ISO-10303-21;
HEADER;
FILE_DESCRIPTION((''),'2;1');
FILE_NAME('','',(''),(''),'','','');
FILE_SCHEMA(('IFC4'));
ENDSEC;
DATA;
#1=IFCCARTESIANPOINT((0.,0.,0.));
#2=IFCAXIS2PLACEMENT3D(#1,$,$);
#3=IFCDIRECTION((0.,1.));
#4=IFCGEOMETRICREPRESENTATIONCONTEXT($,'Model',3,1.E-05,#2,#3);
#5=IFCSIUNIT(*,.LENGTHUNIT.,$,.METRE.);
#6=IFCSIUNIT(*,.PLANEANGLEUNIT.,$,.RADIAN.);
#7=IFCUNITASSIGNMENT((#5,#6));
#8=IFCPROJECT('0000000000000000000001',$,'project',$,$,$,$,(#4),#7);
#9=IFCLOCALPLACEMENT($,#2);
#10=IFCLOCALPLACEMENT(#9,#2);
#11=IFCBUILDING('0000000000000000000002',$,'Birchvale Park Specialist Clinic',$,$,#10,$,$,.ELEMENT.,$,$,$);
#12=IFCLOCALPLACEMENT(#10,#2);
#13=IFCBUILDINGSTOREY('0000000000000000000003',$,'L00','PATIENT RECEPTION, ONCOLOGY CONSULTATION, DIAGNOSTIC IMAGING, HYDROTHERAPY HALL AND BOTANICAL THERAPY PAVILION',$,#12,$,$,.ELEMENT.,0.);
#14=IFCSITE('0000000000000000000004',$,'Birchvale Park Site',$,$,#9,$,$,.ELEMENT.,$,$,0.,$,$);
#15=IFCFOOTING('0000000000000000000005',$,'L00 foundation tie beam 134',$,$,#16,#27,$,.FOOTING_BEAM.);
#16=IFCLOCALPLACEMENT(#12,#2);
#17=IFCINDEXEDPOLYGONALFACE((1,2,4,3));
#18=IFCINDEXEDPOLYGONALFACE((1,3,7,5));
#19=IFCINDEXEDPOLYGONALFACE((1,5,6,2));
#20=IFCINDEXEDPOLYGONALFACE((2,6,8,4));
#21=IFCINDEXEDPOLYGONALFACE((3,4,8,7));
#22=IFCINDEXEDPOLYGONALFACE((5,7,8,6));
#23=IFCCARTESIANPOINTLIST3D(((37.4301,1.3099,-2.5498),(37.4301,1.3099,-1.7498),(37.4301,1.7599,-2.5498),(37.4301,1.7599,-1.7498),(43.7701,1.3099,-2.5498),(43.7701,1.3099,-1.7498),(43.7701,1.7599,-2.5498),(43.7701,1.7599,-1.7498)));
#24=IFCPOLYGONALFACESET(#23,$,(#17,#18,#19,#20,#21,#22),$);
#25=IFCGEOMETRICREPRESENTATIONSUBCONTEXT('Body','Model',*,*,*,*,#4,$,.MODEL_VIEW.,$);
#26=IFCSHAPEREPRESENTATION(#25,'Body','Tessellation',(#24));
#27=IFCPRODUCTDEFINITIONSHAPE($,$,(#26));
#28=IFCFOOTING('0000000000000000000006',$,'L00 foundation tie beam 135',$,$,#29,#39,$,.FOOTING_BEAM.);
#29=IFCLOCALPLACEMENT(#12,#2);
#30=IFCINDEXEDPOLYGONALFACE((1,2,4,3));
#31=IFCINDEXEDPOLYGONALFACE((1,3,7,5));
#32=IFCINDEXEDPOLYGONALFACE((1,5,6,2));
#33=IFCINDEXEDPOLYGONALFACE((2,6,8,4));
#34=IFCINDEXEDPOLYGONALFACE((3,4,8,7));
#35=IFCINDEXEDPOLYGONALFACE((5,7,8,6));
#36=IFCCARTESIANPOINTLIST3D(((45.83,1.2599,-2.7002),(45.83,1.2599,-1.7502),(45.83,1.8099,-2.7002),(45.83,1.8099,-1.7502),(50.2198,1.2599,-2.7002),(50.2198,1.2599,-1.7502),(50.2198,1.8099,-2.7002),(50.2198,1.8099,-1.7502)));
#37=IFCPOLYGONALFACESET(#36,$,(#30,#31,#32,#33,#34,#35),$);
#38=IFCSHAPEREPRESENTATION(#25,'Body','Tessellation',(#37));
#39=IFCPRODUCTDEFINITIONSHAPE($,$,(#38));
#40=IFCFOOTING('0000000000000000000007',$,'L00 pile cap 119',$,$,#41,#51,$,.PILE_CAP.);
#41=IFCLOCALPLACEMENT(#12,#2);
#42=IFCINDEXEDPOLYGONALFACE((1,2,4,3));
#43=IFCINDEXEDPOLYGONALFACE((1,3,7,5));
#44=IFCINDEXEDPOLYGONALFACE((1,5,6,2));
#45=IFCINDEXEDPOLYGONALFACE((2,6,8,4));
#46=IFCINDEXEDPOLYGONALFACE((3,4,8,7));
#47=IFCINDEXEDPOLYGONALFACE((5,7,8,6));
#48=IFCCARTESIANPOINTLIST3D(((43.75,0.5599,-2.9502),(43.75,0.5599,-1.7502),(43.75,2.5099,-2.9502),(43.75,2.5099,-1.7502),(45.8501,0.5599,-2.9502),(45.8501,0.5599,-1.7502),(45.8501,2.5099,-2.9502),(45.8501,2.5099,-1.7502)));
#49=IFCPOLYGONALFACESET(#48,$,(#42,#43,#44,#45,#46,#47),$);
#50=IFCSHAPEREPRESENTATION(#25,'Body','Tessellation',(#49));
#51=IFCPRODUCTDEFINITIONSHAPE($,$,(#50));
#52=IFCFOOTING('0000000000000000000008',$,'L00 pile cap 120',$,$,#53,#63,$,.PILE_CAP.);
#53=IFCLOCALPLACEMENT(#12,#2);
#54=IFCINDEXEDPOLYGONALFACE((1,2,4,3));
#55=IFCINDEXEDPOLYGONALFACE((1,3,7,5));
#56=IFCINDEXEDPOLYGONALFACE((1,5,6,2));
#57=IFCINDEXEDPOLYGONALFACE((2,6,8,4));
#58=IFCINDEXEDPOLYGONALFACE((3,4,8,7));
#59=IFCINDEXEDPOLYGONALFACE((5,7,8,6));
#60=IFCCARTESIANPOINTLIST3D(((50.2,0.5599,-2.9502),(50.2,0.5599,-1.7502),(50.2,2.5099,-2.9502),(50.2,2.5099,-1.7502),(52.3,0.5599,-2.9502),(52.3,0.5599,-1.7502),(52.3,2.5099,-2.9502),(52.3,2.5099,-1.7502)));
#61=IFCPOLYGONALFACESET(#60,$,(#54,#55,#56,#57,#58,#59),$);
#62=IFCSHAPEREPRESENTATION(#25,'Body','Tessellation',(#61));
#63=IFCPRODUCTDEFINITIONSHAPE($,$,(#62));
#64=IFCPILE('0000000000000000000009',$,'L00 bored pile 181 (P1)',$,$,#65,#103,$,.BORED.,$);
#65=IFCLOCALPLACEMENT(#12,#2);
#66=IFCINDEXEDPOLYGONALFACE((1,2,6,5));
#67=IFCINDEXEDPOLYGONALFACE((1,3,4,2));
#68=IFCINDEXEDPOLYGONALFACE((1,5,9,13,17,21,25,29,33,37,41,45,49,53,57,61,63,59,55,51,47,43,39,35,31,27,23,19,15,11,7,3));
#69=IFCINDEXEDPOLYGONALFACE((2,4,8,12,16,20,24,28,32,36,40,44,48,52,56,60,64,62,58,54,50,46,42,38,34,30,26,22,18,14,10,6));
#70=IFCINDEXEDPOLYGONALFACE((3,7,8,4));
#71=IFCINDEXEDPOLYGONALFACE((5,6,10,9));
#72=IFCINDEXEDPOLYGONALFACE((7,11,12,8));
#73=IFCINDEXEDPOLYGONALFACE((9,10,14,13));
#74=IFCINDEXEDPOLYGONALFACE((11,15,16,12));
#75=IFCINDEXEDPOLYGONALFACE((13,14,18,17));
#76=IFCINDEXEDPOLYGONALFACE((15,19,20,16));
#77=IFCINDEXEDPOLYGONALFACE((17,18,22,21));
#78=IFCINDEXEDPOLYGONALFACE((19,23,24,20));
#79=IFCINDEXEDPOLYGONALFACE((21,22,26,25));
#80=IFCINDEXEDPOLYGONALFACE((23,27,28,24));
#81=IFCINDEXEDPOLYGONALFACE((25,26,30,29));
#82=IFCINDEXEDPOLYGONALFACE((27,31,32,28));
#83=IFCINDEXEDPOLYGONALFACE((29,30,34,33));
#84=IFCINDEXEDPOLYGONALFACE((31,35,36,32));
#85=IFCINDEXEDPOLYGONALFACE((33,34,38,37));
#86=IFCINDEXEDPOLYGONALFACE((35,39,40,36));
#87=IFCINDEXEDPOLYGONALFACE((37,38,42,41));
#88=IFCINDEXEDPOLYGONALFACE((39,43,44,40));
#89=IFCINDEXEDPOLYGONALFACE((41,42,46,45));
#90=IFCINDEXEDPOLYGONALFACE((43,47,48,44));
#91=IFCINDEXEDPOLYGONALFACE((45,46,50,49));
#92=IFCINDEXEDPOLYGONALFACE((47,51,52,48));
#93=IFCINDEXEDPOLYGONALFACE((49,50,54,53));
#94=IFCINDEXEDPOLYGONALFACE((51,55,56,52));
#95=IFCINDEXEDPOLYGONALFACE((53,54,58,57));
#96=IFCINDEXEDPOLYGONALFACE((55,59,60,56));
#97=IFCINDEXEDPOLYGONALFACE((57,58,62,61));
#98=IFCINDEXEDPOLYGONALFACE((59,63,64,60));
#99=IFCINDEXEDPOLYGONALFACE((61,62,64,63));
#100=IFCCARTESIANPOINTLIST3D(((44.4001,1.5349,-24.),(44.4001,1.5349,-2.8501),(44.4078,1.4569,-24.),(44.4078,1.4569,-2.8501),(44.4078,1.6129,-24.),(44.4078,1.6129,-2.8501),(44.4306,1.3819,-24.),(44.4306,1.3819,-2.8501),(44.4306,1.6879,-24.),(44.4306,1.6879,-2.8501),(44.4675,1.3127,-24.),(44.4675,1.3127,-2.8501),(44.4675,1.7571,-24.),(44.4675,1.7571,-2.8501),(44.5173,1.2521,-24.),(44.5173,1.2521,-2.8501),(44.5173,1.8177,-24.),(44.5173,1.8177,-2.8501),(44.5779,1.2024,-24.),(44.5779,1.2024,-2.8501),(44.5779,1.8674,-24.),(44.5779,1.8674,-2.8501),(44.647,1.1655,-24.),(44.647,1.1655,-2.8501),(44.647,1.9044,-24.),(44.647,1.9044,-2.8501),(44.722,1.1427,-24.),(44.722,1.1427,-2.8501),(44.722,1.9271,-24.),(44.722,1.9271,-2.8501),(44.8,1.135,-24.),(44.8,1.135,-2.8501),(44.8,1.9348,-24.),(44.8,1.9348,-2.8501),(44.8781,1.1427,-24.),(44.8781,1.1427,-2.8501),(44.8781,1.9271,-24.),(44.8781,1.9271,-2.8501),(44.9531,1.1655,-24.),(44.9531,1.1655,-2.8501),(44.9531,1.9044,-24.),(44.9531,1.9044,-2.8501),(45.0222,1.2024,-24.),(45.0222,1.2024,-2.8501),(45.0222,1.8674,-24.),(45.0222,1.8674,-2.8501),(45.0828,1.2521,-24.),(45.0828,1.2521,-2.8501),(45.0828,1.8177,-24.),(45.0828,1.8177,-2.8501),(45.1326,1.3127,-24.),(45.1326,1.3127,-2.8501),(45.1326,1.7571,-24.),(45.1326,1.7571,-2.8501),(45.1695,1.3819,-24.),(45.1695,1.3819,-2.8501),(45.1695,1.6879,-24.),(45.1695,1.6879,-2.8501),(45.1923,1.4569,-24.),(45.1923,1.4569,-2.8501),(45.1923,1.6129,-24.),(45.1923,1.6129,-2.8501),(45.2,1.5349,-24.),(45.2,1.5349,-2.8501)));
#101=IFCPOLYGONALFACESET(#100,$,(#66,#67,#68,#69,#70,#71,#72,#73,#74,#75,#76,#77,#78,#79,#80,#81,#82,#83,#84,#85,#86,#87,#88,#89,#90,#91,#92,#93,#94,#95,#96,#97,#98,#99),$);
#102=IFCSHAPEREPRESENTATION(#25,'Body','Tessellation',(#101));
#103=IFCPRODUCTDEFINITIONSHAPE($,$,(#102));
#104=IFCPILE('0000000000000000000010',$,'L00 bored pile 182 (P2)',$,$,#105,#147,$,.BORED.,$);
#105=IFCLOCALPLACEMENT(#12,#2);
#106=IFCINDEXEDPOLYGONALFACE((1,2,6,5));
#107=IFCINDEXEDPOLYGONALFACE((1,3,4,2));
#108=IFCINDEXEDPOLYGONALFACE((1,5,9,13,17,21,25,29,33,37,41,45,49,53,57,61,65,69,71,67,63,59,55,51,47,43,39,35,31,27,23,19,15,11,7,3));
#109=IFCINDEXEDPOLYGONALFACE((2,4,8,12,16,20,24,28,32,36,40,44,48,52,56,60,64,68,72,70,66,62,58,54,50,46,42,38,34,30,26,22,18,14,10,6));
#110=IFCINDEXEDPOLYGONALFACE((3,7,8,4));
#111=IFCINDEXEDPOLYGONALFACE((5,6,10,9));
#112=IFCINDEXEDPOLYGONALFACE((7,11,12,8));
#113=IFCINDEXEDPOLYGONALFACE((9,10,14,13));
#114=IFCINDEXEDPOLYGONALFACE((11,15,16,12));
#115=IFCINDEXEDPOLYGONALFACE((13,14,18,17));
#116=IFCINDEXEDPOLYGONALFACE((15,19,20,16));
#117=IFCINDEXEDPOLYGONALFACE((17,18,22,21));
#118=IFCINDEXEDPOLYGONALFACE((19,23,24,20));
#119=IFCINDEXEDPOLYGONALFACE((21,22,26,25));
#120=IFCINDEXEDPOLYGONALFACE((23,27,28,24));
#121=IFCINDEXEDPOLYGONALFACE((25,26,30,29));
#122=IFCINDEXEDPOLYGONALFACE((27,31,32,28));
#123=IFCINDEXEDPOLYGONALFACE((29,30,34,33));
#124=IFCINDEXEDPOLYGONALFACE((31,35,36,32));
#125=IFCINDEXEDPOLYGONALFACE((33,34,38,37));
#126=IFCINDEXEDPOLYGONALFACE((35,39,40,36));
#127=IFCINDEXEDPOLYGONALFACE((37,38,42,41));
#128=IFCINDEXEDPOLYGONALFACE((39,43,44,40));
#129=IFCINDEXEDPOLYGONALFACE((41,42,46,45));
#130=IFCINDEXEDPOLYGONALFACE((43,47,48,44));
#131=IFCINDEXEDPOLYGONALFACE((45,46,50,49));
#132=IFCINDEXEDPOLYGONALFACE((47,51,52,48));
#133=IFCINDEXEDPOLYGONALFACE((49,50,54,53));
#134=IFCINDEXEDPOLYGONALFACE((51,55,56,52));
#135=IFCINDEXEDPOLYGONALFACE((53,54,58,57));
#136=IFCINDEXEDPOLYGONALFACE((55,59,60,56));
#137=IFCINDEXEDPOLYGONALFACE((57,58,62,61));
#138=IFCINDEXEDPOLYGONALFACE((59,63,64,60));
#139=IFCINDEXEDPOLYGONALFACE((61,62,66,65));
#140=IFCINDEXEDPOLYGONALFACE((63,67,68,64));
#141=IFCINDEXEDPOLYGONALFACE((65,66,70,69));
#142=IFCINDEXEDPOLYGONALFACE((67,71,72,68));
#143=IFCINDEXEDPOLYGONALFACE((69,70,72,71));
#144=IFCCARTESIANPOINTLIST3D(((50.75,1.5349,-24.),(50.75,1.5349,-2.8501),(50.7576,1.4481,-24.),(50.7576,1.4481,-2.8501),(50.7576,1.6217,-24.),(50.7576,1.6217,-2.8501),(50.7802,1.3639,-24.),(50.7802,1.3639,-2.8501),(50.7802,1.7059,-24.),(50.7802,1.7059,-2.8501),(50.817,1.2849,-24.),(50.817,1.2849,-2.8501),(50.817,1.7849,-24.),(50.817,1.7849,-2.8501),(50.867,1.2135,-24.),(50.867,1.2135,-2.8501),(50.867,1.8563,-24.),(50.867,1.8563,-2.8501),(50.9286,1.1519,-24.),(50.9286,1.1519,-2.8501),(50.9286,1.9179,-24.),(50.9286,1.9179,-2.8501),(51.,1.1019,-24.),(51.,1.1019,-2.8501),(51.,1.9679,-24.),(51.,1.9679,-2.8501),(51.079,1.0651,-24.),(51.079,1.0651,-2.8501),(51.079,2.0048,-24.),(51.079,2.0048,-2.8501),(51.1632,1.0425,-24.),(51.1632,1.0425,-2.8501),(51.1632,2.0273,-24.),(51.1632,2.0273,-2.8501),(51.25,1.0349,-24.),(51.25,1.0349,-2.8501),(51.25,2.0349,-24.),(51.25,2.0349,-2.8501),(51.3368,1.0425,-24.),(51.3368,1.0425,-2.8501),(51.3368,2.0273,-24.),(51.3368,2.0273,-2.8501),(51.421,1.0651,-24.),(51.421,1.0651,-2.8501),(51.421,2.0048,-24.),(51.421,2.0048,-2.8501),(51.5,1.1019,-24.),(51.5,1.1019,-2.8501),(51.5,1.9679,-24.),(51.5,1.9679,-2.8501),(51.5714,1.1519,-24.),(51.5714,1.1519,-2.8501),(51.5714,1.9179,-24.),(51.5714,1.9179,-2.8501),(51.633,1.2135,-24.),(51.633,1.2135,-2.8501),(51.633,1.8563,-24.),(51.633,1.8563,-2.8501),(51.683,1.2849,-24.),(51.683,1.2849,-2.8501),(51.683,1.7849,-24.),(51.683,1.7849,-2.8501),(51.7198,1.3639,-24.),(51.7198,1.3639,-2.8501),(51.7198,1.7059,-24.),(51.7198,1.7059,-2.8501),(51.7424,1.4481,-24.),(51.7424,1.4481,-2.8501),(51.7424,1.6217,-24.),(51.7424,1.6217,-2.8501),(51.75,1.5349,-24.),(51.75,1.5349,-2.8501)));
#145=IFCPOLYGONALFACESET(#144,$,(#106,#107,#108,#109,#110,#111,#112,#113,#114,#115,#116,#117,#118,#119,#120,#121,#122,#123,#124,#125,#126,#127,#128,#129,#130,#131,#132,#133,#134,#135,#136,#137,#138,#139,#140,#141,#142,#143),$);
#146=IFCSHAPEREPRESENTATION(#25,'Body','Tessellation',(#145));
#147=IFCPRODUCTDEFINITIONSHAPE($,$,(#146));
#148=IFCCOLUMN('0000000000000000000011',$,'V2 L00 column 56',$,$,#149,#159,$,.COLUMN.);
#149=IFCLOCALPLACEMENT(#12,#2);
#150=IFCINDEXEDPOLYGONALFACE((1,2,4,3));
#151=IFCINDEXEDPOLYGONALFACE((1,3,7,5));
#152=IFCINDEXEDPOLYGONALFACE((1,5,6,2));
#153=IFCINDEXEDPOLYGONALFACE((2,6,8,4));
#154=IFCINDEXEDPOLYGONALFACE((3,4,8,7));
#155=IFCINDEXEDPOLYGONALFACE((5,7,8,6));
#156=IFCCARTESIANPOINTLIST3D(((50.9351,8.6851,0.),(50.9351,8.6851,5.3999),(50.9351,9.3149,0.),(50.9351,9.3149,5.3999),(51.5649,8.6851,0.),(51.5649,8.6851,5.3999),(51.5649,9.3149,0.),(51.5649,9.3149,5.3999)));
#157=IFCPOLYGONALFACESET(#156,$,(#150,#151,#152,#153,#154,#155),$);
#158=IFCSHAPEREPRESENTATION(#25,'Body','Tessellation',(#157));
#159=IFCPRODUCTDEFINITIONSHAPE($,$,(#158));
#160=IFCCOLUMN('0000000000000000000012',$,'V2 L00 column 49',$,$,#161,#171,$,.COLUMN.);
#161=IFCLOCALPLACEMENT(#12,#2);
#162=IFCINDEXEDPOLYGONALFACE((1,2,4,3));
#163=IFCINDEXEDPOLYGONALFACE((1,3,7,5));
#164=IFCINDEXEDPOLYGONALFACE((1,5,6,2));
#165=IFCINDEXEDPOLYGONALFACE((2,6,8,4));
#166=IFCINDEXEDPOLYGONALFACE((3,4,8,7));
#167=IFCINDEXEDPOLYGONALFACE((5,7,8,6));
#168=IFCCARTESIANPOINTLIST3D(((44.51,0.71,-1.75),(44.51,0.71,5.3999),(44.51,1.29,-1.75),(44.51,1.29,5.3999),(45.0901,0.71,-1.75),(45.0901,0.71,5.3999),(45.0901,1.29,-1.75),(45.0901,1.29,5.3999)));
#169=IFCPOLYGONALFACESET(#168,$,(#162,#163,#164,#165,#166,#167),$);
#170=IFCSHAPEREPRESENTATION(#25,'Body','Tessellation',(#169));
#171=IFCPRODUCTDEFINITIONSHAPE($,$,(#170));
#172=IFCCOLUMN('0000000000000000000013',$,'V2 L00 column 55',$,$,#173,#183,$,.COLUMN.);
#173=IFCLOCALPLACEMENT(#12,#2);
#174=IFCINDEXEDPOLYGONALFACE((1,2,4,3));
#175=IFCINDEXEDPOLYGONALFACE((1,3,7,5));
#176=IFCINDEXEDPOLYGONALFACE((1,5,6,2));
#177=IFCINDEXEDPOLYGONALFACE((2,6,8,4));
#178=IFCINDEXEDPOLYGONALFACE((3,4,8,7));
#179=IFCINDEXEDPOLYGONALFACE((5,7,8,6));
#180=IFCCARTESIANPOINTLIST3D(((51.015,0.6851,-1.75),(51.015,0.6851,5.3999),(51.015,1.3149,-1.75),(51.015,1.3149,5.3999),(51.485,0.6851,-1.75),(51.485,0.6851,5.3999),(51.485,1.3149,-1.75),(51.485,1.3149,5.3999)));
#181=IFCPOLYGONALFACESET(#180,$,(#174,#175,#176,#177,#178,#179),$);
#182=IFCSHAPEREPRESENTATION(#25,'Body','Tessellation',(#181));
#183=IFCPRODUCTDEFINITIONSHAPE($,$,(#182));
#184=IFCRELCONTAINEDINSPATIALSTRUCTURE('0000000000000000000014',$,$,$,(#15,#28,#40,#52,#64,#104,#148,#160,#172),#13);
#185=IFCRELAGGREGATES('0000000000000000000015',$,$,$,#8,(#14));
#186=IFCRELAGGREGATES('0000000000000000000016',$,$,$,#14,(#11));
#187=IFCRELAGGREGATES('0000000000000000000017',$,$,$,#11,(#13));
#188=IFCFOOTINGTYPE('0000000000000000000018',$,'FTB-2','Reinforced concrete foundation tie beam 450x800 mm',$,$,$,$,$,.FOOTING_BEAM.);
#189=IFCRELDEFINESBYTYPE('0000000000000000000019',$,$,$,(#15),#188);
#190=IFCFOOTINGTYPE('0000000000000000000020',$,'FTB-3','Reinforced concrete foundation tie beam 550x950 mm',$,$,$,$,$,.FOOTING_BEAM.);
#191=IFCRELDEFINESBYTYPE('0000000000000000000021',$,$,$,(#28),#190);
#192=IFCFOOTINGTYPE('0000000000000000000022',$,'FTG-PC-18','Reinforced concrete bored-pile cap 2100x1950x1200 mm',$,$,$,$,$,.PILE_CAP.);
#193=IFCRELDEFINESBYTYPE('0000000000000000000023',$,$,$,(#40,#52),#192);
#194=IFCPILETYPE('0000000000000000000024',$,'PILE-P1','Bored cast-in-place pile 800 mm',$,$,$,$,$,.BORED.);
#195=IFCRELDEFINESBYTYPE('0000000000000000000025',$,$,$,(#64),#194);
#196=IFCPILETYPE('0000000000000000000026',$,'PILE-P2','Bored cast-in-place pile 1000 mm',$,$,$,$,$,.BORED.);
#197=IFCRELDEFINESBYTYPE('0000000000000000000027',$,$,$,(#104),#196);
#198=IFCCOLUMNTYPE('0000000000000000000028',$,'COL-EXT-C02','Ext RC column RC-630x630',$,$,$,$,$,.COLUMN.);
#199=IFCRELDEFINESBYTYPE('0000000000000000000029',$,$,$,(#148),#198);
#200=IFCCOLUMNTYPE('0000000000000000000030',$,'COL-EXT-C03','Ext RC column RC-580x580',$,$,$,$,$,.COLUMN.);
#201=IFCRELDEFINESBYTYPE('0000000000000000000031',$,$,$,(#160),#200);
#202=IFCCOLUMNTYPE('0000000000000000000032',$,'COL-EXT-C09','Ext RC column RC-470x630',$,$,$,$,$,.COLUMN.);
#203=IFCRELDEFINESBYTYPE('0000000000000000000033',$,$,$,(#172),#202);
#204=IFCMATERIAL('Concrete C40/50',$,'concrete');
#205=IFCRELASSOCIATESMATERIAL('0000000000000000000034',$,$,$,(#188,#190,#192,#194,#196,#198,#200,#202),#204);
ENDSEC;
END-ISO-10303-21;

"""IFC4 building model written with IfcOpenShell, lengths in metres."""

from ifc_helpers import new_model, si_unit, direction, frame, origin, origin_2d, place, context, subcontext, project, spatial, rectangle, circle, extrude, material, material_profile, profile_set, type_object, element, save


model = new_model("IFC4")

# Units and contexts
model_context = context("Model", 3, precision=1e-05, world=origin(), true_north=direction((0.0, 1.0)))
body_context = subcontext(model_context, "Body", "Model", "MODEL_VIEW")
ifc_project = project(units=[si_unit("LENGTHUNIT", "METRE"), si_unit("PLANEANGLEUNIT", "RADIAN")], contexts=[model_context])

# Site, building, storey
site_placement = place(None, origin())
site = spatial("IfcSite", under=ifc_project, at=site_placement, Name="Birchvale Park Site", CompositionType="ELEMENT", RefElevation=0.0)
building_placement = place(site_placement, origin())
building = spatial("IfcBuilding", under=site, at=building_placement, Name="Birchvale Park Specialist Clinic", CompositionType="ELEMENT")
storey_placement = place(building_placement, origin())
storey = spatial("IfcBuildingStorey", under=building, at=storey_placement, Name="L00", Description="PATIENT RECEPTION, ONCOLOGY CONSULTATION, DIAGNOSTIC IMAGING, HYDROTHERAPY HALL AND BOTANICAL THERAPY PAVILION", CompositionType="ELEMENT", Elevation=0.0)

# Footings
ifc_material_1 = material(Name="Concrete C40/50", Category="concrete")
footing_type_1 = type_object("IfcFootingType", Name="FTB-2", Description="Reinforced concrete foundation tie beam 450x800 mm", PredefinedType="FOOTING_BEAM", material=ifc_material_1)
footing_1_placement = place(storey_placement, frame((40.6001, 1.5349, -2.5498), z_axis=(0.0, 0.0, 1.0), x_axis=(1.0, 0.0, 0.0)))
element("IfcFooting", 1, at=footing_1_placement, inside=storey, type_object=footing_type_1, Name="L00 foundation tie beam 134", PredefinedType="FOOTING_BEAM", context=body_context, shape_type="SweptSolid", body=[
    extrude(rectangle(XDim=6.3401, YDim=0.45, at=origin_2d()), origin(), (0.0, 0.0, 1.0), 0.8),
])
footing_type_2 = type_object("IfcFootingType", Name="FTB-3", Description="Reinforced concrete foundation tie beam 550x950 mm", PredefinedType="FOOTING_BEAM", material=ifc_material_1)
footing_2_placement = place(storey_placement, frame((48.0249, 1.5349, -2.7002), z_axis=(0.0, 0.0, 1.0), x_axis=(1.0, 0.0, 0.0)))
element("IfcFooting", 2, at=footing_2_placement, inside=storey, type_object=footing_type_2, Name="L00 foundation tie beam 135", PredefinedType="FOOTING_BEAM", context=body_context, shape_type="SweptSolid", body=[
    extrude(rectangle(XDim=4.3899, YDim=0.55, at=origin_2d()), origin(), (0.0, 0.0, 1.0), 0.95),
])
footing_type_3 = type_object("IfcFootingType", Name="FTG-PC-18", Description="Reinforced concrete bored-pile cap 2100x1950x1200 mm", PredefinedType="PILE_CAP", material=ifc_material_1)
for number, where, z_axis, x_axis, name in (
    (3, (44.8, 1.5349, -2.9502), (0.0, 0.0, 1.0), (1.0, 0.0, 0.0), "L00 pile cap 119"),
    (4, (51.25, 1.5349, -2.9502), (0.0, 0.0, 1.0), (1.0, 0.0, 0.0), "L00 pile cap 120"),
):
    element("IfcFooting", number, at=place(storey_placement, frame(where, z_axis=z_axis, x_axis=x_axis)), inside=storey, type_object=footing_type_3, Name=name, PredefinedType="PILE_CAP", context=body_context, shape_type="SweptSolid", body=[
        extrude(rectangle(XDim=2.1001, YDim=1.95, at=origin_2d()), origin(), (0.0, 0.0, 1.0), 1.2),
    ])

# Piles
ifc_material_profile_1 = material_profile(ifc_material_1, circle(Radius=0.3999, at=origin_2d()), Name="PILE-800")
ifc_profile_set_1 = profile_set([ifc_material_profile_1], Name="Concrete C40/50")
pile_type_1 = type_object("IfcPileType", Name="PILE-P1", Description="Bored cast-in-place pile 800 mm", PredefinedType="BORED", material=ifc_profile_set_1)
pile_1_placement = place(storey_placement, frame((44.8, 1.5349, -2.8501), z_axis=(0.0, 0.0, -1.0), x_axis=(1.0, 0.0, 0.0)))
element("IfcPile", 5, at=pile_1_placement, inside=storey, type_object=pile_type_1, Name="L00 bored pile 181 (P1)", PredefinedType="BORED", context=body_context, shape_type="SweptSolid", body=[
    extrude(circle(Radius=0.3999, at=origin_2d()), origin(), (0.0, 0.0, 1.0), 21.1499),
])
ifc_material_profile_2 = material_profile(ifc_material_1, circle(Radius=0.5, at=origin_2d()), Name="PILE-1000")
ifc_profile_set_2 = profile_set([ifc_material_profile_2], Name="Concrete C40/50")
pile_type_2 = type_object("IfcPileType", Name="PILE-P2", Description="Bored cast-in-place pile 1000 mm", PredefinedType="BORED", material=ifc_profile_set_2)
pile_2_placement = place(storey_placement, frame((51.25, 1.5349, -2.8501), z_axis=(0.0, 0.0, -1.0), x_axis=(1.0, 0.0, 0.0)))
element("IfcPile", 6, at=pile_2_placement, inside=storey, type_object=pile_type_2, Name="L00 bored pile 182 (P2)", PredefinedType="BORED", context=body_context, shape_type="SweptSolid", body=[
    extrude(circle(Radius=0.5, at=origin_2d()), origin(), (0.0, 0.0, 1.0), 21.1499),
])

# Columns
ifc_material_profile_3 = material_profile(ifc_material_1, rectangle(XDim=0.6299, YDim=0.6299, at=origin_2d()), Name="RC-630x630")
ifc_profile_set_3 = profile_set([ifc_material_profile_3], Name="Concrete C40/50")
column_type_1 = type_object("IfcColumnType", Name="COL-EXT-C02", Description="Ext RC column RC-630x630", PredefinedType="COLUMN", material=ifc_profile_set_3)
column_1_placement = place(storey_placement, frame((51.25, 9.0, 0.0), z_axis=(0.0, 0.0, 1.0), x_axis=(1.0, 0.0, 0.0)))
element("IfcColumn", 7, at=column_1_placement, inside=storey, type_object=column_type_1, Name="V2 L00 column 56", PredefinedType="COLUMN", context=body_context, shape_type="SweptSolid", body=[
    extrude(rectangle(XDim=0.6299, YDim=0.6299, at=origin_2d()), origin(), (0.0, 0.0, 1.0), 5.3999),
])
ifc_material_profile_4 = material_profile(ifc_material_1, rectangle(XDim=0.5801, YDim=0.5801, at=origin_2d()), Name="RC-580x580")
ifc_profile_set_4 = profile_set([ifc_material_profile_4], Name="Concrete C40/50")
column_type_2 = type_object("IfcColumnType", Name="COL-EXT-C03", Description="Ext RC column RC-580x580", PredefinedType="COLUMN", material=ifc_profile_set_4)
column_2_placement = place(storey_placement, frame((44.8, 1.0, -1.75), z_axis=(0.0, 0.0, 1.0), x_axis=(1.0, 0.0, 0.0)))
element("IfcColumn", 8, at=column_2_placement, inside=storey, type_object=column_type_2, Name="V2 L00 column 49", PredefinedType="COLUMN", context=body_context, shape_type="SweptSolid", body=[
    extrude(rectangle(XDim=0.5801, YDim=0.5801, at=origin_2d()), origin(), (0.0, 0.0, 1.0), 7.1499),
])
ifc_material_profile_5 = material_profile(ifc_material_1, rectangle(XDim=0.47, YDim=0.6299, at=origin_2d()), Name="RC-470x630")
ifc_profile_set_5 = profile_set([ifc_material_profile_5], Name="Concrete C40/50")
column_type_3 = type_object("IfcColumnType", Name="COL-EXT-C09", Description="Ext RC column RC-470x630", PredefinedType="COLUMN", material=ifc_profile_set_5)
column_3_placement = place(storey_placement, frame((51.25, 1.0, -1.75), z_axis=(0.0, 0.0, 1.0), x_axis=(1.0, 0.0, 0.0)))
element("IfcColumn", 9, at=column_3_placement, inside=storey, type_object=column_type_3, Name="V2 L00 column 55", PredefinedType="COLUMN", context=body_context, shape_type="SweptSolid", body=[
    extrude(rectangle(XDim=0.47, YDim=0.6299, at=origin_2d()), origin(), (0.0, 0.0, 1.0), 7.1499),
])

save(model, "model.ifc")
